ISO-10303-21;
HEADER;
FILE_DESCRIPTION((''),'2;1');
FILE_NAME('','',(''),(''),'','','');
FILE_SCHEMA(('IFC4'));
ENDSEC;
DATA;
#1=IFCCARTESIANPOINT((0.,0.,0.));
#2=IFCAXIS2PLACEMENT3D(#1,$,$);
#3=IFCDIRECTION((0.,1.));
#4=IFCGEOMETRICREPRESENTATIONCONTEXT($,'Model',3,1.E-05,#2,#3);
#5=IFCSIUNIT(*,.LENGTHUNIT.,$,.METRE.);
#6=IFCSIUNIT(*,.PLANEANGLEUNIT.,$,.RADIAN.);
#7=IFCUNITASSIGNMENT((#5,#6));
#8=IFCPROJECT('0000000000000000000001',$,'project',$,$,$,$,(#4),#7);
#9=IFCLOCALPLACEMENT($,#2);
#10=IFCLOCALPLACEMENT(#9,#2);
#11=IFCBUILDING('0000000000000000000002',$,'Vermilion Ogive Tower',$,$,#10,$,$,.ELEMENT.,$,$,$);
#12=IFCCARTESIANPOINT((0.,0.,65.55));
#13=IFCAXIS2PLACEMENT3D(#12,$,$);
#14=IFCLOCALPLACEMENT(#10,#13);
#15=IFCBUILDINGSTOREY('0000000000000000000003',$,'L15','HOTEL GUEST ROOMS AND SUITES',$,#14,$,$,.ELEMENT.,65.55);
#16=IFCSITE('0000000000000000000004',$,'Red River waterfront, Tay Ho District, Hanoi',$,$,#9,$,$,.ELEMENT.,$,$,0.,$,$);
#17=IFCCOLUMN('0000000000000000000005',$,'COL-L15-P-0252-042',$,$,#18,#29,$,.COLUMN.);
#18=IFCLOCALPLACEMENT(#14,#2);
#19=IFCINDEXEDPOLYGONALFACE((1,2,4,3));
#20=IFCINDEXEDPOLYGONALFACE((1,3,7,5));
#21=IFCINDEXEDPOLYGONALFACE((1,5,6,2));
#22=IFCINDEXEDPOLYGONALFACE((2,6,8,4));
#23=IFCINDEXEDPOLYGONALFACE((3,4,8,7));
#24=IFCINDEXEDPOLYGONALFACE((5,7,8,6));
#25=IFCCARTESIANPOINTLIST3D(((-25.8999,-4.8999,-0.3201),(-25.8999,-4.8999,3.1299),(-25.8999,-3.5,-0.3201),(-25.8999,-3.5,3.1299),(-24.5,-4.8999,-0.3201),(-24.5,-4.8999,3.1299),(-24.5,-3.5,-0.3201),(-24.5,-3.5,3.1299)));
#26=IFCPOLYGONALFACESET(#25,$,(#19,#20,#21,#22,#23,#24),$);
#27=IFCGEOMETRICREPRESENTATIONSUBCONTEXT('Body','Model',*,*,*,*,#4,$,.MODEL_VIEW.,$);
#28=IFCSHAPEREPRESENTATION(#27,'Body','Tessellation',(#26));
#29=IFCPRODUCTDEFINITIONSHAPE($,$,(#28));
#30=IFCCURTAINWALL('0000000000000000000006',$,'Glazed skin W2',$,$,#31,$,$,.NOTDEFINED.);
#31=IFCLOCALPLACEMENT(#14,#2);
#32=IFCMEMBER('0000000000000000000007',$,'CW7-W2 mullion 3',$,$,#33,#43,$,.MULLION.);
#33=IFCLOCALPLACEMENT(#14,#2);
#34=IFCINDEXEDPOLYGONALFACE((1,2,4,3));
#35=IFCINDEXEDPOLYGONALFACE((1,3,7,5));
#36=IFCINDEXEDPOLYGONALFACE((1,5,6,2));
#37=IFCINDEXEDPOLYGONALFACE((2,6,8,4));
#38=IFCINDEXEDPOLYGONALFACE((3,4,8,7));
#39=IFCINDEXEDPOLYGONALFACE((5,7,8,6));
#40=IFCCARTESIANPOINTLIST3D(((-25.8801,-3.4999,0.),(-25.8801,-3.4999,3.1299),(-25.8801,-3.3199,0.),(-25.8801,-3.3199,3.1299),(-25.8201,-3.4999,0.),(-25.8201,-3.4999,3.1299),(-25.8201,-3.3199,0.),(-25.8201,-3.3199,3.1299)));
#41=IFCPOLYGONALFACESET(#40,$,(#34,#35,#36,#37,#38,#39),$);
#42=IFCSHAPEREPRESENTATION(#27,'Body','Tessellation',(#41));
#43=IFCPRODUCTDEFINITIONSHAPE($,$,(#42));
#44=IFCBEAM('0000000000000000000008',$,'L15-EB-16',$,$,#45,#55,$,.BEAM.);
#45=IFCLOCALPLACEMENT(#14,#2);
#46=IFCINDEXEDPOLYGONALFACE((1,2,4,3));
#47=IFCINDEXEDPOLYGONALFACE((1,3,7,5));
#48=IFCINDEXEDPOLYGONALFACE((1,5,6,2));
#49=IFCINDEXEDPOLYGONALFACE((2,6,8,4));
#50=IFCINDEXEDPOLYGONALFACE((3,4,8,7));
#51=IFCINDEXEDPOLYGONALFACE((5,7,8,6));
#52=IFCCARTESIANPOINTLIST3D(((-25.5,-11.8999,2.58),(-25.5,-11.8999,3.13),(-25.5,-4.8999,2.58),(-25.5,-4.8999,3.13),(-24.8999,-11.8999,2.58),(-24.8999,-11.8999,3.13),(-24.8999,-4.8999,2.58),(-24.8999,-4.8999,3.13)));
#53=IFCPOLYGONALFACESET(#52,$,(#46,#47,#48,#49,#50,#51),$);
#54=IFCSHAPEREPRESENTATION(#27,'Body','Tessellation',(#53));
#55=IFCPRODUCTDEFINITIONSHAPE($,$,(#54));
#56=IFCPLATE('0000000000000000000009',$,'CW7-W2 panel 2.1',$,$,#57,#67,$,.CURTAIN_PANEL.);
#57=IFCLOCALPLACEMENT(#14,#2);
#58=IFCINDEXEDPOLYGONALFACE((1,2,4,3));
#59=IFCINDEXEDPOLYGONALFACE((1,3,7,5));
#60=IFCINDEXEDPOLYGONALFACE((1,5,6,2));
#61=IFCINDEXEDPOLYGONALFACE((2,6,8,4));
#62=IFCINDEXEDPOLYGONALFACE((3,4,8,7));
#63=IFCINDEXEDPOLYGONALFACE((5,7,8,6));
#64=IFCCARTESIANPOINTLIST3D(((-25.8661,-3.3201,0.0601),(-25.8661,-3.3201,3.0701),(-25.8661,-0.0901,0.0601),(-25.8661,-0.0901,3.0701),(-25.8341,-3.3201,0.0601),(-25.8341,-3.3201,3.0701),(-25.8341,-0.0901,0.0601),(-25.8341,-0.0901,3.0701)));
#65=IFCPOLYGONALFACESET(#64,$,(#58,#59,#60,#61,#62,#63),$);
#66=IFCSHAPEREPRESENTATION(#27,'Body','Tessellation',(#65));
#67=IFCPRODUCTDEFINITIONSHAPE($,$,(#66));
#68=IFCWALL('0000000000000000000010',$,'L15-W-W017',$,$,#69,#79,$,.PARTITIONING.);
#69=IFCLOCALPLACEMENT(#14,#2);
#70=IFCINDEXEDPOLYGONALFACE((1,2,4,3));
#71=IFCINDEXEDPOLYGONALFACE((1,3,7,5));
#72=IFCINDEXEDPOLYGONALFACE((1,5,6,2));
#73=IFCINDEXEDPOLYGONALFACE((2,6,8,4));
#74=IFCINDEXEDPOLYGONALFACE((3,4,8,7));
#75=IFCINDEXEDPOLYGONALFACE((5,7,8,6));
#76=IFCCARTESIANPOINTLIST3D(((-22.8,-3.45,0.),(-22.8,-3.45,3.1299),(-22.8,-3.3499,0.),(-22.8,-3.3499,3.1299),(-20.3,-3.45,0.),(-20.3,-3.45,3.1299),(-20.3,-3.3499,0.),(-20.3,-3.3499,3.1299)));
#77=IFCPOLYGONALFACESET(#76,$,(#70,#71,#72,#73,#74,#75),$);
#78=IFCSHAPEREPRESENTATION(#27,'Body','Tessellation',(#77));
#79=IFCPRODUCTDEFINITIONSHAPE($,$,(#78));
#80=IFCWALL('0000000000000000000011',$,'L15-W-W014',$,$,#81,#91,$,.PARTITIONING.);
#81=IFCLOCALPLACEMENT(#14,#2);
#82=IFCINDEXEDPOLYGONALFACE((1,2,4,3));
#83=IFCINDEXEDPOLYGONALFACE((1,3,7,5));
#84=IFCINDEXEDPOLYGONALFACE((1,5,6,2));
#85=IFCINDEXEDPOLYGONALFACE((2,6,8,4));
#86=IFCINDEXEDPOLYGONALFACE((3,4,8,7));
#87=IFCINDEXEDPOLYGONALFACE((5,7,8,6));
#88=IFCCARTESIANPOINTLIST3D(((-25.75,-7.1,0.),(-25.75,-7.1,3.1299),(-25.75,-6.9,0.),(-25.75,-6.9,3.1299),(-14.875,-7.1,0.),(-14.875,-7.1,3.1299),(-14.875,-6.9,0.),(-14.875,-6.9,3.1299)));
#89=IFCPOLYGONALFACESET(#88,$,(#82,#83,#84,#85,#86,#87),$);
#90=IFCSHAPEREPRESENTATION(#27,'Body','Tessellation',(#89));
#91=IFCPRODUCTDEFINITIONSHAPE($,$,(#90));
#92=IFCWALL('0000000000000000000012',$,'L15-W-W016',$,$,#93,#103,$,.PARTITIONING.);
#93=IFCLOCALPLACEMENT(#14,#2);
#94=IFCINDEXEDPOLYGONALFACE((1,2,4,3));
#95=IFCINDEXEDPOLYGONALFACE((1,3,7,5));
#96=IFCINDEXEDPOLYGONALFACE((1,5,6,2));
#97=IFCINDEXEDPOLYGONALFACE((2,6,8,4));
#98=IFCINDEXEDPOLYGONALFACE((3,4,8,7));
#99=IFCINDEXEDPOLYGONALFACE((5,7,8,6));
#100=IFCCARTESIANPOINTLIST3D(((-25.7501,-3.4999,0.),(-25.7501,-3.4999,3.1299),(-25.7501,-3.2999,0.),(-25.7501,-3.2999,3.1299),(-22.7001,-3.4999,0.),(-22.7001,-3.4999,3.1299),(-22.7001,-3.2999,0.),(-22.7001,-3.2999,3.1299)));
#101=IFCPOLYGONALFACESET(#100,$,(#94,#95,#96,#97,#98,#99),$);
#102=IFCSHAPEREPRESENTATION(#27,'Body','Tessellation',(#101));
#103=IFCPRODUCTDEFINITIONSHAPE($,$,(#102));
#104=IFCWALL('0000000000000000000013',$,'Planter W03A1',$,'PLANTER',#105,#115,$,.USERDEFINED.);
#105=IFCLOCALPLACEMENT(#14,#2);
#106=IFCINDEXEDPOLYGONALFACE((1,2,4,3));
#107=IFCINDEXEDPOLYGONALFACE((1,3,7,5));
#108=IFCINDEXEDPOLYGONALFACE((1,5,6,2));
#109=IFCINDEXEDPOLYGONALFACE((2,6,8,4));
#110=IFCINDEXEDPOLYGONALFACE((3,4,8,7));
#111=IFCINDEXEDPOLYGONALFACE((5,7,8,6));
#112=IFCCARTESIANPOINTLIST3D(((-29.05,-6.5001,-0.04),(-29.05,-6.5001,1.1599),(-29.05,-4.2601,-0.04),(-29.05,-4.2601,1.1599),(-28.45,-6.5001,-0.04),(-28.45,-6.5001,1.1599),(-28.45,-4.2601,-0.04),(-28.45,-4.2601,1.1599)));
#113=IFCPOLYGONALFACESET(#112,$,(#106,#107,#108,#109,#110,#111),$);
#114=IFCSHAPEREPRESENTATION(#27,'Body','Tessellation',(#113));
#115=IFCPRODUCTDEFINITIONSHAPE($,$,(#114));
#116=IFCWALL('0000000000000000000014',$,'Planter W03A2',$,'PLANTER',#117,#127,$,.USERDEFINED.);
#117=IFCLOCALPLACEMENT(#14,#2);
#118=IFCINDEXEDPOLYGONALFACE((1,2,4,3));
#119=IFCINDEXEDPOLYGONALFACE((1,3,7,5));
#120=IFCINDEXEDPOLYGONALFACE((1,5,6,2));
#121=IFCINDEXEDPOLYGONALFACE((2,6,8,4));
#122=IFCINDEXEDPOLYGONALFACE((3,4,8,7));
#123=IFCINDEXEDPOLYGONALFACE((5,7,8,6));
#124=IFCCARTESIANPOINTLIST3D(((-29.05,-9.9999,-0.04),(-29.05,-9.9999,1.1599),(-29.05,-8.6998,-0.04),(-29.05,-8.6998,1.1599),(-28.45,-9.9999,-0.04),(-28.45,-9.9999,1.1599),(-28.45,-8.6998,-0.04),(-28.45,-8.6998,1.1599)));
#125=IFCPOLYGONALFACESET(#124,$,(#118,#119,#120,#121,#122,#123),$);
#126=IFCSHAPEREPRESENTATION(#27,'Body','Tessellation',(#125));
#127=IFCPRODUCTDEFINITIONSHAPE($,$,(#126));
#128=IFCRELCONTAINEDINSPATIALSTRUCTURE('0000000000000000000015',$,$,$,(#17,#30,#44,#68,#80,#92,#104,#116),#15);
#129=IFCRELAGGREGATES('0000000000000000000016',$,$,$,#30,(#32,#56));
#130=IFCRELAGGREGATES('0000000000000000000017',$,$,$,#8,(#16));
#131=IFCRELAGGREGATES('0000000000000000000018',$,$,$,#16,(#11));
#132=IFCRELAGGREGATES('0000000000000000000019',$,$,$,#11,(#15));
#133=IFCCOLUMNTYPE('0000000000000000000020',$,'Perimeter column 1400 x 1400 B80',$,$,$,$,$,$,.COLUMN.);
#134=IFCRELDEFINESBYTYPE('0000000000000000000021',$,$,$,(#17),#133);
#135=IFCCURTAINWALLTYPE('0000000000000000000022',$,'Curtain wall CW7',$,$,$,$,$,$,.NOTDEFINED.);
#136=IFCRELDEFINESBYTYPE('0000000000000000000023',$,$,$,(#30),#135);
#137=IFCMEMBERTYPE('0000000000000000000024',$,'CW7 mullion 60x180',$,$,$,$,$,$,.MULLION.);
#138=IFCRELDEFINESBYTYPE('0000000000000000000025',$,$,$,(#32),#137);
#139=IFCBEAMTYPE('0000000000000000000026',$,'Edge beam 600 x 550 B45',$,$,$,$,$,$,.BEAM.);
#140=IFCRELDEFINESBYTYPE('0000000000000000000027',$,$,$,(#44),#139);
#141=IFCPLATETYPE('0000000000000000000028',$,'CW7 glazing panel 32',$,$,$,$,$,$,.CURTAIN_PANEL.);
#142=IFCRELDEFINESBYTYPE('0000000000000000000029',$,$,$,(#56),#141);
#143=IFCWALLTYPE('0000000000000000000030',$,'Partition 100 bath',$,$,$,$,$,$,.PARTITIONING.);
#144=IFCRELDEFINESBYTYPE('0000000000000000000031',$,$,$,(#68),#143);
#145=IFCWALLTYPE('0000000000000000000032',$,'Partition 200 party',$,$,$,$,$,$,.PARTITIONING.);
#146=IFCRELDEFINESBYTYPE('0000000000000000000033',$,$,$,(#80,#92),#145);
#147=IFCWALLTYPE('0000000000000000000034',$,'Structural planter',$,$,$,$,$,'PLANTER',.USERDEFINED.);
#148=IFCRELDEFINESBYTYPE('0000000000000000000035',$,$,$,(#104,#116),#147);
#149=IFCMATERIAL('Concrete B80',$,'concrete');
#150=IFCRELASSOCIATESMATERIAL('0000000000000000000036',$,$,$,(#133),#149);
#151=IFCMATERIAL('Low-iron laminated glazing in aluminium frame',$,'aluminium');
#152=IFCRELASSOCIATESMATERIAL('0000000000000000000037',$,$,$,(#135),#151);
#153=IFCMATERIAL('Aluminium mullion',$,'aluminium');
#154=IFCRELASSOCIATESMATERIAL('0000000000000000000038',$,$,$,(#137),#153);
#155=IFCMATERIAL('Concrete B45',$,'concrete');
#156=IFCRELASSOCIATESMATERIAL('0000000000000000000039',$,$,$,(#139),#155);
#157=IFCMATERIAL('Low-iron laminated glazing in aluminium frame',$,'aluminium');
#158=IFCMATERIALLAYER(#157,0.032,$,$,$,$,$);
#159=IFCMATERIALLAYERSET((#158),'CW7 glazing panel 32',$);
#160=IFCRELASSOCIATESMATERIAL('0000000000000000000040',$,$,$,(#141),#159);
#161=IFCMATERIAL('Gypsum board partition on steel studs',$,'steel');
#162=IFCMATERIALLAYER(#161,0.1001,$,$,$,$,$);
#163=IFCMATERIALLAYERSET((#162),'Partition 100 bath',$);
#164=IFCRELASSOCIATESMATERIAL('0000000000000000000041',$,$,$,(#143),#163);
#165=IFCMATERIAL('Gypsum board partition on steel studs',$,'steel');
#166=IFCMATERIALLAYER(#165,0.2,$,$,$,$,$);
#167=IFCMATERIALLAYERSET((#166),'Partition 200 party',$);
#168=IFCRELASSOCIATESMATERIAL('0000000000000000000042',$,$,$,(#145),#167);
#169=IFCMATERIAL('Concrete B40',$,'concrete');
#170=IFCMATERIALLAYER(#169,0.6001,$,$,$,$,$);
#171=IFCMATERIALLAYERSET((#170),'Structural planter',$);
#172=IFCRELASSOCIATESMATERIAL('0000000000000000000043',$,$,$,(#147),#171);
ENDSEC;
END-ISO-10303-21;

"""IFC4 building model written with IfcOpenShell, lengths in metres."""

from ifc_helpers import new_model, si_unit, direction, frame, frame_2d, origin, origin_2d, place, context, subcontext, project, spatial, rectangle, extrude, material, layer, layer_set, material_profile, profile_set, type_object, element, aggregate, save


model = new_model("IFC4")

# Units and contexts
model_context = context("Model", 3, precision=1e-05, world=origin(), true_north=direction((0.0, 1.0)))
body_context = subcontext(model_context, "Body", "Model", "MODEL_VIEW")
ifc_project = project(units=[si_unit("LENGTHUNIT", "METRE"), si_unit("PLANEANGLEUNIT", "RADIAN")], contexts=[model_context])

# Site, building, storey
site_placement = place(None, origin())
site = spatial("IfcSite", under=ifc_project, at=site_placement, Name="Red River waterfront, Tay Ho District, Hanoi", CompositionType="ELEMENT", RefElevation=0.0)
building_placement = place(site_placement, origin())
building = spatial("IfcBuilding", under=site, at=building_placement, Name="Vermilion Ogive Tower", CompositionType="ELEMENT")
storey_placement = place(building_placement, frame((0.0, 0.0, 65.55)))
storey = spatial("IfcBuildingStorey", under=building, at=storey_placement, Name="L15", Description="HOTEL GUEST ROOMS AND SUITES", CompositionType="ELEMENT", Elevation=65.55)

# Column
ifc_material_1 = material(Name="Concrete B80", Category="concrete")
ifc_material_profile_1 = material_profile(ifc_material_1, rectangle(XDim=1.3999, YDim=1.3999, at=origin_2d()), Name="1400 x 1400")
ifc_profile_set_1 = profile_set([ifc_material_profile_1], Name="Concrete B80")
column_type = type_object("IfcColumnType", Name="Perimeter column 1400 x 1400 B80", PredefinedType="COLUMN", material=ifc_profile_set_1)
column_placement = place(storey_placement, frame((-25.2, -4.2, -0.3201), z_axis=(0.0, 0.0, 1.0), x_axis=(1.0, 0.0, 0.0)))
element("IfcColumn", 1, at=column_placement, inside=storey, type_object=column_type, Name="COL-L15-P-0252-042", PredefinedType="COLUMN", context=body_context, shape_type="SweptSolid", body=[
    extrude(rectangle(XDim=1.3999, YDim=1.3999, at=origin_2d()), origin(), (0.0, 0.0, 1.0), 3.45),
])

# Curtain wall, member
ifc_material_2 = material(Name="Low-iron laminated glazing in aluminium frame", Category="aluminium")
curtain_wall_type = type_object("IfcCurtainWallType", Name="Curtain wall CW7", PredefinedType="NOTDEFINED", material=ifc_material_2)
curtain_wall_placement = place(storey_placement, origin())
curtain_wall = element("IfcCurtainWall", 2, at=curtain_wall_placement, inside=storey, type_object=curtain_wall_type, Name="Glazed skin W2", PredefinedType="NOTDEFINED")
ifc_material_3 = material(Name="Aluminium mullion", Category="aluminium")
ifc_material_profile_2 = material_profile(ifc_material_3, rectangle(XDim=0.0601, YDim=0.1799, at=origin_2d()), Name="AL 60x180")
ifc_profile_set_2 = profile_set([ifc_material_profile_2], Name="Aluminium mullion")
member_type = type_object("IfcMemberType", Name="CW7 mullion 60x180", PredefinedType="MULLION", material=ifc_profile_set_2)
member_placement = place(storey_placement, frame((-25.8501, -3.4099, 0.0), z_axis=(0.0, 0.0, 1.0), x_axis=(1.0, 0.0, 0.0)))
member = element("IfcMember", 3, at=member_placement, type_object=member_type, Name="CW7-W2 mullion 3", PredefinedType="MULLION", context=body_context, shape_type="SweptSolid", body=[
    extrude(rectangle(XDim=0.0601, YDim=0.1799, at=origin_2d()), origin(), (0.0, 0.0, 1.0), 3.1299),
])

# Beam
ifc_material_4 = material(Name="Concrete B45", Category="concrete")
ifc_material_profile_3 = material_profile(ifc_material_4, rectangle(XDim=0.6001, YDim=0.55, at=origin_2d()), Name="600 x 550")
ifc_profile_set_3 = profile_set([ifc_material_profile_3], Name="Concrete B45")
beam_type = type_object("IfcBeamType", Name="Edge beam 600 x 550 B45", PredefinedType="BEAM", material=ifc_profile_set_3)
beam_placement = place(storey_placement, frame((-25.2, -4.8999, 2.855), z_axis=(0.0, -1.0, 0.0), x_axis=(1.0, 0.0, 0.0)))
element("IfcBeam", 4, at=beam_placement, inside=storey, type_object=beam_type, Name="L15-EB-16", PredefinedType="BEAM", context=body_context, shape_type="SweptSolid", body=[
    extrude(rectangle(XDim=0.6001, YDim=0.55, at=origin_2d()), origin(), (0.0, 0.0, 1.0), 7.0),
])

# Plate
ifc_material_5 = material(Name="Low-iron laminated glazing in aluminium frame", Category="aluminium")
ifc_layer_1 = layer(ifc_material_5, 0.032)
ifc_layer_set_1 = layer_set([ifc_layer_1], Name="CW7 glazing panel 32")
plate_type = type_object("IfcPlateType", Name="CW7 glazing panel 32", PredefinedType="CURTAIN_PANEL", material=ifc_layer_set_1)
plate_placement = place(storey_placement, frame((-25.8501, -1.7051, 0.0601), z_axis=(0.0, 0.0, 1.0), x_axis=(0.0, -1.0, 0.0)))
plate = element("IfcPlate", 5, at=plate_placement, type_object=plate_type, Name="CW7-W2 panel 2.1", PredefinedType="CURTAIN_PANEL", context=body_context, shape_type="SweptSolid", body=[
    extrude(rectangle(XDim=3.23, YDim=0.032, at=origin_2d()), origin(), (0.0, 0.0, 1.0), 3.01),
])
aggregate(curtain_wall, [member, plate])

# Walls
ifc_material_6 = material(Name="Gypsum board partition on steel studs", Category="steel")
ifc_layer_2 = layer(ifc_material_6, 0.1001)
ifc_layer_set_2 = layer_set([ifc_layer_2], Name="Partition 100 bath")
wall_type_1 = type_object("IfcWallType", Name="Partition 100 bath", PredefinedType="PARTITIONING", material=ifc_layer_set_2)
wall_1_placement = place(storey_placement, frame((-22.8, -3.3999, 0.0), z_axis=(0.0, 0.0, 1.0), x_axis=(1.0, 0.0, 0.0)))
element("IfcWall", 6, at=wall_1_placement, inside=storey, type_object=wall_type_1, Name="L15-W-W017", PredefinedType="PARTITIONING", context=body_context, shape_type="SweptSolid", body=[
    extrude(rectangle(XDim=2.5, YDim=0.1001, at=frame_2d((1.25, 0.0))), origin(), (0.0, 0.0, 1.0), 3.1299),
])
ifc_material_7 = material(Name="Gypsum board partition on steel studs", Category="steel")
ifc_layer_3 = layer(ifc_material_7, 0.2)
ifc_layer_set_3 = layer_set([ifc_layer_3], Name="Partition 200 party")
wall_type_2 = type_object("IfcWallType", Name="Partition 200 party", PredefinedType="PARTITIONING", material=ifc_layer_set_3)
wall_2_placement = place(storey_placement, frame((-25.75, -7.0, 0.0), z_axis=(0.0, 0.0, 1.0), x_axis=(1.0, 0.0, 0.0)))
element("IfcWall", 7, at=wall_2_placement, inside=storey, type_object=wall_type_2, Name="L15-W-W014", PredefinedType="PARTITIONING", context=body_context, shape_type="SweptSolid", body=[
    extrude(rectangle(XDim=10.875, YDim=0.2, at=frame_2d((5.4375, 0.0))), origin(), (0.0, 0.0, 1.0), 3.1299),
])
wall_3_placement = place(storey_placement, frame((-25.75, -3.3999, 0.0), z_axis=(0.0, 0.0, 1.0), x_axis=(1.0, 0.0, 0.0)))
element("IfcWall", 8, at=wall_3_placement, inside=storey, type_object=wall_type_2, Name="L15-W-W016", PredefinedType="PARTITIONING", context=body_context, shape_type="SweptSolid", body=[
    extrude(rectangle(XDim=3.05, YDim=0.2, at=frame_2d((1.5249, 0.0))), origin(), (0.0, 0.0, 1.0), 3.1299),
])
ifc_material_8 = material(Name="Concrete B40", Category="concrete")
ifc_layer_4 = layer(ifc_material_8, 0.6001)
ifc_layer_set_4 = layer_set([ifc_layer_4], Name="Structural planter")
wall_type_3 = type_object("IfcWallType", Name="Structural planter", ElementType="PLANTER", PredefinedType="USERDEFINED", material=ifc_layer_set_4)
wall_4_placement = place(storey_placement, frame((-28.75, -4.26, -0.04), z_axis=(0.0, 0.0, 1.0), x_axis=(0.0, -1.0, 0.0)))
element("IfcWall", 9, at=wall_4_placement, inside=storey, type_object=wall_type_3, Name="Planter W03A1", ObjectType="PLANTER", PredefinedType="USERDEFINED", context=body_context, shape_type="SweptSolid", body=[
    extrude(rectangle(XDim=2.24, YDim=0.6001, at=frame_2d((1.1201, 0.0))), origin(), (0.0, 0.0, 1.0), 1.2),
])
wall_5_placement = place(storey_placement, frame((-28.75, -8.7, -0.04), z_axis=(0.0, 0.0, 1.0), x_axis=(0.0, -1.0, 0.0)))
element("IfcWall", 10, at=wall_5_placement, inside=storey, type_object=wall_type_3, Name="Planter W03A2", ObjectType="PLANTER", PredefinedType="USERDEFINED", context=body_context, shape_type="SweptSolid", body=[
    extrude(rectangle(XDim=1.3, YDim=0.6001, at=frame_2d((0.6499, 0.0))), origin(), (0.0, 0.0, 1.0), 1.2),
])

save(model, "model.ifc")
